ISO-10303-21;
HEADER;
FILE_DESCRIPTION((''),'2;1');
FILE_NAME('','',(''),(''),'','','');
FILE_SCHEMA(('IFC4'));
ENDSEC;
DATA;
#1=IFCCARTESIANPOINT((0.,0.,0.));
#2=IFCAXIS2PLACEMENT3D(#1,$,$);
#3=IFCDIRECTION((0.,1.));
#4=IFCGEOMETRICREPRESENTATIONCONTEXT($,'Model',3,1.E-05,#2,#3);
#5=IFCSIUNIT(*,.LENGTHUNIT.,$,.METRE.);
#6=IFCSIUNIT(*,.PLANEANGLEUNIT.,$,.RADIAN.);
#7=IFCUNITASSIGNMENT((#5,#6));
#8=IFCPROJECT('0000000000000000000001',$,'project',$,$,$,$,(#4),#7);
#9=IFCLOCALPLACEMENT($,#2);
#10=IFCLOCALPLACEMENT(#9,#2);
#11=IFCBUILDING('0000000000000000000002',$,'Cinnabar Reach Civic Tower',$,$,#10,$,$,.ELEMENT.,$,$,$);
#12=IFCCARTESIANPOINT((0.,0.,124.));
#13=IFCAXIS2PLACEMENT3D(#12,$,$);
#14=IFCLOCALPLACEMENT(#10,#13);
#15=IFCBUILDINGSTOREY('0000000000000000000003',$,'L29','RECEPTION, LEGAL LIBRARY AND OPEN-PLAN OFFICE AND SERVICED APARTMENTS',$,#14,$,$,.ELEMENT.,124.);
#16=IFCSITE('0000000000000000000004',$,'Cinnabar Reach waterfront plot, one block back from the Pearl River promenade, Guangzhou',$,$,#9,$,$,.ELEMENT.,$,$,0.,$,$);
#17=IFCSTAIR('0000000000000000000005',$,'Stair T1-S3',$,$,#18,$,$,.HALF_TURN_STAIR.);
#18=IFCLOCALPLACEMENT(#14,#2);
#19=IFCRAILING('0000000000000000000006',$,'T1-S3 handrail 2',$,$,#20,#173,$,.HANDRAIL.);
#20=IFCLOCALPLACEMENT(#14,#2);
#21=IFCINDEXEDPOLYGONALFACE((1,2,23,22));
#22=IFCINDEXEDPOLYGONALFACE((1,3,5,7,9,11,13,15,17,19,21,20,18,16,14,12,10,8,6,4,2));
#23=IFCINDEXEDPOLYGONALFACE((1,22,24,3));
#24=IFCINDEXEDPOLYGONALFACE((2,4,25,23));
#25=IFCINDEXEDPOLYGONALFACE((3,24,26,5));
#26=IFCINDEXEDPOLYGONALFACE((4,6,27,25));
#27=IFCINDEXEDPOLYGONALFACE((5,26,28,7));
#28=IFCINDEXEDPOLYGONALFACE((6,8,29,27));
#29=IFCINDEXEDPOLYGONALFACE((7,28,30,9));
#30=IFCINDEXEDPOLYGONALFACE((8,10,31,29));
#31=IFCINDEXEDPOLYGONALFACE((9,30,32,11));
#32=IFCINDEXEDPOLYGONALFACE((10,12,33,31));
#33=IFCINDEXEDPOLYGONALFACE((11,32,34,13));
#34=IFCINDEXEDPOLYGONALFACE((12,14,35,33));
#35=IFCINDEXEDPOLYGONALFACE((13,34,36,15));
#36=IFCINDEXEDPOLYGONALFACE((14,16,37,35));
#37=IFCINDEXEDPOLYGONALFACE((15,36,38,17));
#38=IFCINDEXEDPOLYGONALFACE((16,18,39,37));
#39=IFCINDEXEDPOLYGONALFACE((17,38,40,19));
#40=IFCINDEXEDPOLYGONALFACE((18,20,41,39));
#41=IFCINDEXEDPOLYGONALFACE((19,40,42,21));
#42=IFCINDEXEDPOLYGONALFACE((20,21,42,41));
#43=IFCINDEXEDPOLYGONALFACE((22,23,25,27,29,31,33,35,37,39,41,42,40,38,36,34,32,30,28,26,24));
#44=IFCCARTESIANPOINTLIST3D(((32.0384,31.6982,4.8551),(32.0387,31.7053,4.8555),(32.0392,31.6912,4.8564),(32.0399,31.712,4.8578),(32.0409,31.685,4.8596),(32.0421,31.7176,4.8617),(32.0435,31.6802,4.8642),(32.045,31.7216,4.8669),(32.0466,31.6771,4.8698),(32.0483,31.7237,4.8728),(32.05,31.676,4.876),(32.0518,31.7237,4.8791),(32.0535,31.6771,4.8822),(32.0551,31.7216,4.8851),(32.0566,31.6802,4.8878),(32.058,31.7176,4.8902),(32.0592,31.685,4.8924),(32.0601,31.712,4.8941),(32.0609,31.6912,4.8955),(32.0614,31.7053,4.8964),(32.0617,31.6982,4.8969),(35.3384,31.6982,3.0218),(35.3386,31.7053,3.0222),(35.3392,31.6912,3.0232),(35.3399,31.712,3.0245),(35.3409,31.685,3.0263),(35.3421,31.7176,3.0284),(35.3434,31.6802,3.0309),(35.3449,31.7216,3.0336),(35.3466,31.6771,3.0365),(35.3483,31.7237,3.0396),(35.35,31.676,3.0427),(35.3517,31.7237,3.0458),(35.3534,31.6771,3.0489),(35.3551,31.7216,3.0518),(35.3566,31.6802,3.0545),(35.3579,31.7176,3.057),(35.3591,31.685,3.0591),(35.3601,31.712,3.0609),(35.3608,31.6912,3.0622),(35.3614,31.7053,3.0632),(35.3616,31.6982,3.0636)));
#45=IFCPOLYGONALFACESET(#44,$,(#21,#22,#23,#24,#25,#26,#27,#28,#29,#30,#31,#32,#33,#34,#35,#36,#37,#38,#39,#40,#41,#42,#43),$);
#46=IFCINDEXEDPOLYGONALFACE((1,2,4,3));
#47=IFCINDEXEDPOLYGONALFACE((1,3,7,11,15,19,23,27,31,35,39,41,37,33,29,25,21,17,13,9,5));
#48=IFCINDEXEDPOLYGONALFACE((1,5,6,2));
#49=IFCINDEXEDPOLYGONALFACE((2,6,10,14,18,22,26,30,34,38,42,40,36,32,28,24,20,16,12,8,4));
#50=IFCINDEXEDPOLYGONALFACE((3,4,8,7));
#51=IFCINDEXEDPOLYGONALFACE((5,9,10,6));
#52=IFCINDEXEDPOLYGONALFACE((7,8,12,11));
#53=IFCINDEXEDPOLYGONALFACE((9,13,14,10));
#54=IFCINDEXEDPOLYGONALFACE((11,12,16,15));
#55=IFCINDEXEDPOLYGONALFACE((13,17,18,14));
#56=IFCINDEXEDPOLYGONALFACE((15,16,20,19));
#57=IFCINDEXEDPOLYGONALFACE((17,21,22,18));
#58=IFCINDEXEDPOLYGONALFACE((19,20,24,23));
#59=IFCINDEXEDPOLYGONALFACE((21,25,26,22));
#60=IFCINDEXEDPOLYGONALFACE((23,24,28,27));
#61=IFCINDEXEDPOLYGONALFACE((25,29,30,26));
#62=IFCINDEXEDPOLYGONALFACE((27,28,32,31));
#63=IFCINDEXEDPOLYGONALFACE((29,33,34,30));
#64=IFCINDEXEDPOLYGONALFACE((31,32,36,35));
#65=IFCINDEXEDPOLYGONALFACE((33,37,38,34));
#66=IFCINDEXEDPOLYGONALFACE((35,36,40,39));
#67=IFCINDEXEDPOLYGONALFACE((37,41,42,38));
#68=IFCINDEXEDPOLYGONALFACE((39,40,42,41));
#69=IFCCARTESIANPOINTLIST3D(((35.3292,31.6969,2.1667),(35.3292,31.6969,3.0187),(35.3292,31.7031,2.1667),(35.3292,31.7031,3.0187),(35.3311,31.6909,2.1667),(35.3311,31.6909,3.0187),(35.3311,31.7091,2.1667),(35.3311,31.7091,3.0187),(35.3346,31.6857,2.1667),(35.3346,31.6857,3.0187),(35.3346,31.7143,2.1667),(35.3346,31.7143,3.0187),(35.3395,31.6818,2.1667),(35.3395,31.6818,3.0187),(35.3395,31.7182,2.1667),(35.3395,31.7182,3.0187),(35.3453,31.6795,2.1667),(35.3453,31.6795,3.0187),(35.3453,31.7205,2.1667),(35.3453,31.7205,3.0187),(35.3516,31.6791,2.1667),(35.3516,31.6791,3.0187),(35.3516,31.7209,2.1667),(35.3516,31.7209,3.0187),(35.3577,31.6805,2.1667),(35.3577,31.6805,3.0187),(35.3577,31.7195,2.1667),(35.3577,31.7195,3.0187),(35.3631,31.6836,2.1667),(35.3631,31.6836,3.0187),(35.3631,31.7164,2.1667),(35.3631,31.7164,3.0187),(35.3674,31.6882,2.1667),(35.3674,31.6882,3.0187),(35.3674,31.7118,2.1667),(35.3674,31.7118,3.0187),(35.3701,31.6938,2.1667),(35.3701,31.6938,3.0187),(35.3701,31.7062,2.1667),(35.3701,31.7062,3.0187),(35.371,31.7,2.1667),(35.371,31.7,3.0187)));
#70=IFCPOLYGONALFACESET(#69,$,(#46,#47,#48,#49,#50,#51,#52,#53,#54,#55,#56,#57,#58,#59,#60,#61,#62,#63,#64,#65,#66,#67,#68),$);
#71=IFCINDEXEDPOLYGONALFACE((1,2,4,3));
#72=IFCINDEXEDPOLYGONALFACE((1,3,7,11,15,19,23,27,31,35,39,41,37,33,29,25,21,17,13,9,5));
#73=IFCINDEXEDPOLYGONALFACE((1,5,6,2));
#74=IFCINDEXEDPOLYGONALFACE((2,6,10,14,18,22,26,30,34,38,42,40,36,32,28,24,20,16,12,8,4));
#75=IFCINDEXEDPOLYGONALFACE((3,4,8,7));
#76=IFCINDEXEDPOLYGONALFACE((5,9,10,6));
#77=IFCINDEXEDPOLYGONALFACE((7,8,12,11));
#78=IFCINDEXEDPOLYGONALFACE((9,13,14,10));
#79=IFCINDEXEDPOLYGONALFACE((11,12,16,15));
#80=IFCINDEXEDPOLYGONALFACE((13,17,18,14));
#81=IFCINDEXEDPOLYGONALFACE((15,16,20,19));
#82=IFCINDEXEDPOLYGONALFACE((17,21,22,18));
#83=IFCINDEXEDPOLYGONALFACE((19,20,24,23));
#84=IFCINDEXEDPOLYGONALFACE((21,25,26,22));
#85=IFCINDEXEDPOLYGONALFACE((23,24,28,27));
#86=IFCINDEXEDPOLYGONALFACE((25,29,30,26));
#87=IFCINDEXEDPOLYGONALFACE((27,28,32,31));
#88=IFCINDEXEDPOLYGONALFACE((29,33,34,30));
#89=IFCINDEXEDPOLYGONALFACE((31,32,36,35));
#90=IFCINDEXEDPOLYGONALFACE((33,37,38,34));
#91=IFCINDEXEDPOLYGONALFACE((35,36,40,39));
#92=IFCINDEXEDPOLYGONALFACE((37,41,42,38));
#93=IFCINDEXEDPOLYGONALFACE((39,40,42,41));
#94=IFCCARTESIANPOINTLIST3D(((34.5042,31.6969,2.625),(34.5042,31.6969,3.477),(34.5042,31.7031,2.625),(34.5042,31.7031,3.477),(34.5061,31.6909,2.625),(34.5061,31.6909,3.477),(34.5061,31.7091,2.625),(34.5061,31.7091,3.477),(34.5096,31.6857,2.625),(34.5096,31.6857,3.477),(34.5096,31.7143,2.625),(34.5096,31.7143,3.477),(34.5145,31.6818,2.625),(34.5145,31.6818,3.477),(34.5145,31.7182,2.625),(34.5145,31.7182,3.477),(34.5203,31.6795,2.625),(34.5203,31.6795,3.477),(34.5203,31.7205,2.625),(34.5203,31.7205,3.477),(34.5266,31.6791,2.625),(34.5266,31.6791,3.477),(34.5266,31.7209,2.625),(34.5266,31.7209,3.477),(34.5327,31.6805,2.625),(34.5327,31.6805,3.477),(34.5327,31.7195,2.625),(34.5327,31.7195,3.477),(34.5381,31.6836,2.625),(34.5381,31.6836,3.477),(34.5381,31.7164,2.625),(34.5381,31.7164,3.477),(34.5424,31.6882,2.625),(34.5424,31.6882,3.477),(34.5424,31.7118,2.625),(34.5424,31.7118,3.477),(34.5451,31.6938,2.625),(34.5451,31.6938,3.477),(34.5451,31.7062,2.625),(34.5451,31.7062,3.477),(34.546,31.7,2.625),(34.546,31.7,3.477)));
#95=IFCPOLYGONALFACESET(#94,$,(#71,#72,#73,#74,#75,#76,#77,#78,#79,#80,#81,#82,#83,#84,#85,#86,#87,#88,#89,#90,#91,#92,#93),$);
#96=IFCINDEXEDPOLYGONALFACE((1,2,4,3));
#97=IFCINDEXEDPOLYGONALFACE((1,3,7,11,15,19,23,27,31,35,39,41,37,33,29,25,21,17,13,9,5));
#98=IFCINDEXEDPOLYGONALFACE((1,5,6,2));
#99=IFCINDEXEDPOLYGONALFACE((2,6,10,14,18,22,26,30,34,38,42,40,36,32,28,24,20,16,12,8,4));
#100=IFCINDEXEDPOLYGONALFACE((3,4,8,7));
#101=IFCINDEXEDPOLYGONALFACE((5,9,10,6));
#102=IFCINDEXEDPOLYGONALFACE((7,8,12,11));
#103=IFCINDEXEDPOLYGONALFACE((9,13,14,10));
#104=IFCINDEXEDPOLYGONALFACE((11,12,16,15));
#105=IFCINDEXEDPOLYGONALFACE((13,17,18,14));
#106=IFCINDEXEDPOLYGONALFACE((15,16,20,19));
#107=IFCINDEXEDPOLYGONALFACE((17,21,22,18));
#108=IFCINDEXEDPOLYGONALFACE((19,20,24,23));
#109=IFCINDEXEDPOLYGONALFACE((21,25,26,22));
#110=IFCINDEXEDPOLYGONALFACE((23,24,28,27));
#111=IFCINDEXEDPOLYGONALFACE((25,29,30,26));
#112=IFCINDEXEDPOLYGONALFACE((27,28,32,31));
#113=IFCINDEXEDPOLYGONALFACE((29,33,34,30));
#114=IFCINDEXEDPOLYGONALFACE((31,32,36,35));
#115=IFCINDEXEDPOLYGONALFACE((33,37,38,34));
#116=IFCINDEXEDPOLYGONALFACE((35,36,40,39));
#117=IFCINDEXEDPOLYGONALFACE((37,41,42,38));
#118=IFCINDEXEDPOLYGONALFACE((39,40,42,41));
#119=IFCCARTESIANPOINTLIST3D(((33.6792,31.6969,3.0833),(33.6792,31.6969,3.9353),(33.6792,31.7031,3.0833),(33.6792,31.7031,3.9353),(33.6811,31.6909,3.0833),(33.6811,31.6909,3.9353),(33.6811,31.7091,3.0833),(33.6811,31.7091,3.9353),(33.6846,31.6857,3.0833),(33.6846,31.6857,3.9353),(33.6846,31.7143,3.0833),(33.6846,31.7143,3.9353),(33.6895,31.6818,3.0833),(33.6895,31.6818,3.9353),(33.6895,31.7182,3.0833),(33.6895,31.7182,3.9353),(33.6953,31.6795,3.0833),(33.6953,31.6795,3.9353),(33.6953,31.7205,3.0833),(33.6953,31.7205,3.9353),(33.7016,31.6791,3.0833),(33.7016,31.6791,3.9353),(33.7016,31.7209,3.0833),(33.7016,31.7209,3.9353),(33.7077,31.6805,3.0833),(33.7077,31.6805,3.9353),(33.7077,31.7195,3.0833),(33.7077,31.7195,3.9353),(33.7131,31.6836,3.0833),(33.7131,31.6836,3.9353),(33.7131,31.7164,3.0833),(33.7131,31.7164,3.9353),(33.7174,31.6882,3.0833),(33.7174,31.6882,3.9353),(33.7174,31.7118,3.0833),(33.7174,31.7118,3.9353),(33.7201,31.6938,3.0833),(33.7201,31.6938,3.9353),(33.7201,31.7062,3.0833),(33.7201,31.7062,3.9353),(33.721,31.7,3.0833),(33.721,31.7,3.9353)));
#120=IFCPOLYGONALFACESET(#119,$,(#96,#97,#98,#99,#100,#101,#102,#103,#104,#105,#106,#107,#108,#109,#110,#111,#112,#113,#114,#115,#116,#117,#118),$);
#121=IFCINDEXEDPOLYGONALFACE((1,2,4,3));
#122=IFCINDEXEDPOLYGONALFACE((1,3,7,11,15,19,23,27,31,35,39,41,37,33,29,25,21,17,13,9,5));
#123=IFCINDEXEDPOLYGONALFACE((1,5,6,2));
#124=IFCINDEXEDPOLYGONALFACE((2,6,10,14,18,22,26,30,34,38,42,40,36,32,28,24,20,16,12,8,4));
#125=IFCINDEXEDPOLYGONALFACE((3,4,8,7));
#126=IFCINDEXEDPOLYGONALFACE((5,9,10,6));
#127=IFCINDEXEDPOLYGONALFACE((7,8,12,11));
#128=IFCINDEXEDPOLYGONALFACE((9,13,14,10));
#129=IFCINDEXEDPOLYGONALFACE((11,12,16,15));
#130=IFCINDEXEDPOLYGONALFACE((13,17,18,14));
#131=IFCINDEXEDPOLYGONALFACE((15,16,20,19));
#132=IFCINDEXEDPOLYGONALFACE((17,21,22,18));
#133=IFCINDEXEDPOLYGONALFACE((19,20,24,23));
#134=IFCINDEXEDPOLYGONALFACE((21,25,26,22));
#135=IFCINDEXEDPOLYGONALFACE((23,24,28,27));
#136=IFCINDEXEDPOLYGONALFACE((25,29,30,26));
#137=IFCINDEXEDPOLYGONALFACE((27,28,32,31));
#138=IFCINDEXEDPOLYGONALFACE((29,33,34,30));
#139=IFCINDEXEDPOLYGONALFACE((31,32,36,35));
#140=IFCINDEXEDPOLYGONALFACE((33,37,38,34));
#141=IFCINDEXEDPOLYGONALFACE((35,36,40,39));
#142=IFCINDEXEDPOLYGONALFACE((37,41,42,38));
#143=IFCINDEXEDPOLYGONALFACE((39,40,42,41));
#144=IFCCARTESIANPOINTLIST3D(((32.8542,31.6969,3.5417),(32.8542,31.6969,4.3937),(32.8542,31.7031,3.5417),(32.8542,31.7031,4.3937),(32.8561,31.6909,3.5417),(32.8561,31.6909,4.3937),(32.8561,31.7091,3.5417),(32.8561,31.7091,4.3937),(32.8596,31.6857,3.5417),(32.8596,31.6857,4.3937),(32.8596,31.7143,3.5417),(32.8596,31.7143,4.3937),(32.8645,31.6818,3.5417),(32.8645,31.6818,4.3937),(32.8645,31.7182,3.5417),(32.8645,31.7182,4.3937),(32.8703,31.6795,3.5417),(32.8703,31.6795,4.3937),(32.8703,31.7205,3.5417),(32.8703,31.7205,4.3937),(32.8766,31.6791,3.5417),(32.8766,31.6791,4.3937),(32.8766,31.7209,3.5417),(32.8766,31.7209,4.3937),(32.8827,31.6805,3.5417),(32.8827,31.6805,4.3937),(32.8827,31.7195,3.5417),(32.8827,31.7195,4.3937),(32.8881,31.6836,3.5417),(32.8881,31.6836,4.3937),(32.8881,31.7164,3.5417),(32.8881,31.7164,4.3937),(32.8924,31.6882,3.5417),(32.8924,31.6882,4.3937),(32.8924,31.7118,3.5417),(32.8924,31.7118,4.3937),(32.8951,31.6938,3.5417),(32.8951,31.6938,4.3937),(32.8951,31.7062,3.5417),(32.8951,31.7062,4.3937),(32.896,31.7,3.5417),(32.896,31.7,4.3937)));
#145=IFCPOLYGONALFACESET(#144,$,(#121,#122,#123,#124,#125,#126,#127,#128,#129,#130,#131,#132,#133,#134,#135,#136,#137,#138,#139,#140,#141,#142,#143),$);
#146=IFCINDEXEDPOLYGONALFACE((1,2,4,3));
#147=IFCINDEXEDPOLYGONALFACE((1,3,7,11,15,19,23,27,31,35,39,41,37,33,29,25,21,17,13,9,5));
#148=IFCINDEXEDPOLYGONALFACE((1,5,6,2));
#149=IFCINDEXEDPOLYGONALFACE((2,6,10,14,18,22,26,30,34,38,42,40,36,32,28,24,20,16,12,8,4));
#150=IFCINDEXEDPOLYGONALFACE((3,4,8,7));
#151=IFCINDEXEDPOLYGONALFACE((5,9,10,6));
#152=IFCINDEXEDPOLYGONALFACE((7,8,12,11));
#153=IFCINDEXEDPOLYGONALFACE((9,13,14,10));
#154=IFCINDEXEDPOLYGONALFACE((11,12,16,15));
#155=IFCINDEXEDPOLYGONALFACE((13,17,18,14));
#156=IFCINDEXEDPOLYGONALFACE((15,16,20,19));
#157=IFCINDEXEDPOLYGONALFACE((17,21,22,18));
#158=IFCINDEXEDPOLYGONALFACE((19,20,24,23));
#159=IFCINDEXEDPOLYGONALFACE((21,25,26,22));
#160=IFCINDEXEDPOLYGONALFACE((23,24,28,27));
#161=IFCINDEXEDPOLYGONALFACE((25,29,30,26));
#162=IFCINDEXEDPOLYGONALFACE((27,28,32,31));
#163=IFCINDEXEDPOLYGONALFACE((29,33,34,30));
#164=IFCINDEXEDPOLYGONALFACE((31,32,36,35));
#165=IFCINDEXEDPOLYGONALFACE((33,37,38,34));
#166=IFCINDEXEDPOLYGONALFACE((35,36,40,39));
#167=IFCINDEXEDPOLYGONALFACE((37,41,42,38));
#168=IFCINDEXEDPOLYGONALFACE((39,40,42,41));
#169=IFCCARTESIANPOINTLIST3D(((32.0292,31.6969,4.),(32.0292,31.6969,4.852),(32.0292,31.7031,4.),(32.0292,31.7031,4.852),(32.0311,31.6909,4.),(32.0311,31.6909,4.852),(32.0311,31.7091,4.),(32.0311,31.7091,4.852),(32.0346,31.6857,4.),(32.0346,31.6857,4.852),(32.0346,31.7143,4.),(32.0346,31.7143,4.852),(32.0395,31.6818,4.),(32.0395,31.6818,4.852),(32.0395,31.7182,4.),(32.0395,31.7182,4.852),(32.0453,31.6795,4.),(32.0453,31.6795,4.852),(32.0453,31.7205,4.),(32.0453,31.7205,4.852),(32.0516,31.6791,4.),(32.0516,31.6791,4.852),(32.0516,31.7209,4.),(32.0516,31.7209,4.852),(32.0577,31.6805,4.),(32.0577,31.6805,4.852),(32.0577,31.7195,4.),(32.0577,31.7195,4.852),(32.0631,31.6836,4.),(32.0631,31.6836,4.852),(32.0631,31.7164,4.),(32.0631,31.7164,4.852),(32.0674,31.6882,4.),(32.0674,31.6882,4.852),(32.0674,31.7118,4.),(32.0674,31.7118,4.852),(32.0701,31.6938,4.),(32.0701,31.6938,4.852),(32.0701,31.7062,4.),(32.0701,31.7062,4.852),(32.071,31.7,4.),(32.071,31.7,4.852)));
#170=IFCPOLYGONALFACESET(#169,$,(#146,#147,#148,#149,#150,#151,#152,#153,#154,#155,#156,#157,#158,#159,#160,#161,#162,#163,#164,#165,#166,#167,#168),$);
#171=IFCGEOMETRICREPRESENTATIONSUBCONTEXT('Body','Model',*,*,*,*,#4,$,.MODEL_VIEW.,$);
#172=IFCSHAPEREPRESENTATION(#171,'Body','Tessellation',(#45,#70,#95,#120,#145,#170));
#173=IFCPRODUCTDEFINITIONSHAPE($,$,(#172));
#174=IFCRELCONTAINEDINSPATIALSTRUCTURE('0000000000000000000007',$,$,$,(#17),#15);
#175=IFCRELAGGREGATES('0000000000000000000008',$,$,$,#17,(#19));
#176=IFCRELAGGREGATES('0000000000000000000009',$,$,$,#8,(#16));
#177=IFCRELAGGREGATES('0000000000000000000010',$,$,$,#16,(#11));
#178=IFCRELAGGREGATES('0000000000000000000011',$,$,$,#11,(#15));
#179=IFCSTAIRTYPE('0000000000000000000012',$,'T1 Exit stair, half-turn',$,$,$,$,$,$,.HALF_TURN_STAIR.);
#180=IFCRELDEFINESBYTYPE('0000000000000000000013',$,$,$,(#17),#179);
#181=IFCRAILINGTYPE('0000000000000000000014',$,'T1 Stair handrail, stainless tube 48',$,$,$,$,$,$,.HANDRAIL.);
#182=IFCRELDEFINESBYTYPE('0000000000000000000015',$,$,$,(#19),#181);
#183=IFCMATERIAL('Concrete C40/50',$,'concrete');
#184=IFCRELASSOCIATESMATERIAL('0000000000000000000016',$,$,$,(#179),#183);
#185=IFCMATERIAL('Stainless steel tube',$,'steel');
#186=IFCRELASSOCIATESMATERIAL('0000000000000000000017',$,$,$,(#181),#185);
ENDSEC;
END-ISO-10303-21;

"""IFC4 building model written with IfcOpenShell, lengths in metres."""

from ifc_helpers import new_model, si_unit, direction, frame, origin, origin_2d, place, context, subcontext, project, spatial, circle, extrude, material, type_object, element, aggregate, save


model = new_model("IFC4")

# Units and contexts
model_context = context("Model", 3, precision=1e-05, world=origin(), true_north=direction((0.0, 1.0)))
body_context = subcontext(model_context, "Body", "Model", "MODEL_VIEW")
ifc_project = project(units=[si_unit("LENGTHUNIT", "METRE"), si_unit("PLANEANGLEUNIT", "RADIAN")], contexts=[model_context])

# Site, building, storey
site_placement = place(None, origin())
site = spatial("IfcSite", under=ifc_project, at=site_placement, Name="Cinnabar Reach waterfront plot, one block back from the Pearl River promenade, Guangzhou", CompositionType="ELEMENT", RefElevation=0.0)
building_placement = place(site_placement, origin())
building = spatial("IfcBuilding", under=site, at=building_placement, Name="Cinnabar Reach Civic Tower", CompositionType="ELEMENT")
storey_placement = place(building_placement, frame((0.0, 0.0, 124.0)))
storey = spatial("IfcBuildingStorey", under=building, at=storey_placement, Name="L29", Description="RECEPTION, LEGAL LIBRARY AND OPEN-PLAN OFFICE AND SERVICED APARTMENTS", CompositionType="ELEMENT", Elevation=124.0)

# Stair, railing
ifc_material_1 = material(Name="Concrete C40/50", Category="concrete")
stair_type = type_object("IfcStairType", Name="T1 Exit stair, half-turn", PredefinedType="HALF_TURN_STAIR", material=ifc_material_1)
stair_placement = place(storey_placement, origin())
stair = element("IfcStair", 1, at=stair_placement, inside=storey, type_object=stair_type, Name="Stair T1-S3", PredefinedType="HALF_TURN_STAIR")
ifc_material_2 = material(Name="Stainless steel tube", Category="steel")
railing_type = type_object("IfcRailingType", Name="T1 Stair handrail, stainless tube 48", PredefinedType="HANDRAIL", material=ifc_material_2)
railing_1_placement = place(storey_placement, frame((35.35, 31.7, 2.1667)))
railing_1 = element("IfcRailing", 2, at=railing_1_placement, type_object=railing_type, Name="T1-S3 handrail 2", PredefinedType="HANDRAIL", context=body_context, shape_type="SweptSolid", body=[
    extrude(circle(Radius=0.024, at=origin_2d()), frame((0.0, 0.0, 0.876), z_axis=(-0.874161, 0.0, 0.485636), x_axis=(0.0, -1.0, 0.0)), (0.0, 0.0, 1.0), 3.775),
    extrude(circle(Radius=0.021, at=origin_2d()), origin(), (0.0, 0.0, 1.0), 0.852),
    extrude(circle(Radius=0.021, at=origin_2d()), frame((-0.825, 0.0, 0.4583)), (0.0, 0.0, 1.0), 0.852),
    extrude(circle(Radius=0.021, at=origin_2d()), frame((-1.65, 0.0, 0.9166)), (0.0, 0.0, 1.0), 0.852),
    extrude(circle(Radius=0.021, at=origin_2d()), frame((-2.475, 0.0, 1.375)), (0.0, 0.0, 1.0), 0.852),
    extrude(circle(Radius=0.021, at=origin_2d()), frame((-3.3, 0.0, 1.8333)), (0.0, 0.0, 1.0), 0.852),
])
aggregate(stair, [railing_1])

save(model, "model.ifc")
